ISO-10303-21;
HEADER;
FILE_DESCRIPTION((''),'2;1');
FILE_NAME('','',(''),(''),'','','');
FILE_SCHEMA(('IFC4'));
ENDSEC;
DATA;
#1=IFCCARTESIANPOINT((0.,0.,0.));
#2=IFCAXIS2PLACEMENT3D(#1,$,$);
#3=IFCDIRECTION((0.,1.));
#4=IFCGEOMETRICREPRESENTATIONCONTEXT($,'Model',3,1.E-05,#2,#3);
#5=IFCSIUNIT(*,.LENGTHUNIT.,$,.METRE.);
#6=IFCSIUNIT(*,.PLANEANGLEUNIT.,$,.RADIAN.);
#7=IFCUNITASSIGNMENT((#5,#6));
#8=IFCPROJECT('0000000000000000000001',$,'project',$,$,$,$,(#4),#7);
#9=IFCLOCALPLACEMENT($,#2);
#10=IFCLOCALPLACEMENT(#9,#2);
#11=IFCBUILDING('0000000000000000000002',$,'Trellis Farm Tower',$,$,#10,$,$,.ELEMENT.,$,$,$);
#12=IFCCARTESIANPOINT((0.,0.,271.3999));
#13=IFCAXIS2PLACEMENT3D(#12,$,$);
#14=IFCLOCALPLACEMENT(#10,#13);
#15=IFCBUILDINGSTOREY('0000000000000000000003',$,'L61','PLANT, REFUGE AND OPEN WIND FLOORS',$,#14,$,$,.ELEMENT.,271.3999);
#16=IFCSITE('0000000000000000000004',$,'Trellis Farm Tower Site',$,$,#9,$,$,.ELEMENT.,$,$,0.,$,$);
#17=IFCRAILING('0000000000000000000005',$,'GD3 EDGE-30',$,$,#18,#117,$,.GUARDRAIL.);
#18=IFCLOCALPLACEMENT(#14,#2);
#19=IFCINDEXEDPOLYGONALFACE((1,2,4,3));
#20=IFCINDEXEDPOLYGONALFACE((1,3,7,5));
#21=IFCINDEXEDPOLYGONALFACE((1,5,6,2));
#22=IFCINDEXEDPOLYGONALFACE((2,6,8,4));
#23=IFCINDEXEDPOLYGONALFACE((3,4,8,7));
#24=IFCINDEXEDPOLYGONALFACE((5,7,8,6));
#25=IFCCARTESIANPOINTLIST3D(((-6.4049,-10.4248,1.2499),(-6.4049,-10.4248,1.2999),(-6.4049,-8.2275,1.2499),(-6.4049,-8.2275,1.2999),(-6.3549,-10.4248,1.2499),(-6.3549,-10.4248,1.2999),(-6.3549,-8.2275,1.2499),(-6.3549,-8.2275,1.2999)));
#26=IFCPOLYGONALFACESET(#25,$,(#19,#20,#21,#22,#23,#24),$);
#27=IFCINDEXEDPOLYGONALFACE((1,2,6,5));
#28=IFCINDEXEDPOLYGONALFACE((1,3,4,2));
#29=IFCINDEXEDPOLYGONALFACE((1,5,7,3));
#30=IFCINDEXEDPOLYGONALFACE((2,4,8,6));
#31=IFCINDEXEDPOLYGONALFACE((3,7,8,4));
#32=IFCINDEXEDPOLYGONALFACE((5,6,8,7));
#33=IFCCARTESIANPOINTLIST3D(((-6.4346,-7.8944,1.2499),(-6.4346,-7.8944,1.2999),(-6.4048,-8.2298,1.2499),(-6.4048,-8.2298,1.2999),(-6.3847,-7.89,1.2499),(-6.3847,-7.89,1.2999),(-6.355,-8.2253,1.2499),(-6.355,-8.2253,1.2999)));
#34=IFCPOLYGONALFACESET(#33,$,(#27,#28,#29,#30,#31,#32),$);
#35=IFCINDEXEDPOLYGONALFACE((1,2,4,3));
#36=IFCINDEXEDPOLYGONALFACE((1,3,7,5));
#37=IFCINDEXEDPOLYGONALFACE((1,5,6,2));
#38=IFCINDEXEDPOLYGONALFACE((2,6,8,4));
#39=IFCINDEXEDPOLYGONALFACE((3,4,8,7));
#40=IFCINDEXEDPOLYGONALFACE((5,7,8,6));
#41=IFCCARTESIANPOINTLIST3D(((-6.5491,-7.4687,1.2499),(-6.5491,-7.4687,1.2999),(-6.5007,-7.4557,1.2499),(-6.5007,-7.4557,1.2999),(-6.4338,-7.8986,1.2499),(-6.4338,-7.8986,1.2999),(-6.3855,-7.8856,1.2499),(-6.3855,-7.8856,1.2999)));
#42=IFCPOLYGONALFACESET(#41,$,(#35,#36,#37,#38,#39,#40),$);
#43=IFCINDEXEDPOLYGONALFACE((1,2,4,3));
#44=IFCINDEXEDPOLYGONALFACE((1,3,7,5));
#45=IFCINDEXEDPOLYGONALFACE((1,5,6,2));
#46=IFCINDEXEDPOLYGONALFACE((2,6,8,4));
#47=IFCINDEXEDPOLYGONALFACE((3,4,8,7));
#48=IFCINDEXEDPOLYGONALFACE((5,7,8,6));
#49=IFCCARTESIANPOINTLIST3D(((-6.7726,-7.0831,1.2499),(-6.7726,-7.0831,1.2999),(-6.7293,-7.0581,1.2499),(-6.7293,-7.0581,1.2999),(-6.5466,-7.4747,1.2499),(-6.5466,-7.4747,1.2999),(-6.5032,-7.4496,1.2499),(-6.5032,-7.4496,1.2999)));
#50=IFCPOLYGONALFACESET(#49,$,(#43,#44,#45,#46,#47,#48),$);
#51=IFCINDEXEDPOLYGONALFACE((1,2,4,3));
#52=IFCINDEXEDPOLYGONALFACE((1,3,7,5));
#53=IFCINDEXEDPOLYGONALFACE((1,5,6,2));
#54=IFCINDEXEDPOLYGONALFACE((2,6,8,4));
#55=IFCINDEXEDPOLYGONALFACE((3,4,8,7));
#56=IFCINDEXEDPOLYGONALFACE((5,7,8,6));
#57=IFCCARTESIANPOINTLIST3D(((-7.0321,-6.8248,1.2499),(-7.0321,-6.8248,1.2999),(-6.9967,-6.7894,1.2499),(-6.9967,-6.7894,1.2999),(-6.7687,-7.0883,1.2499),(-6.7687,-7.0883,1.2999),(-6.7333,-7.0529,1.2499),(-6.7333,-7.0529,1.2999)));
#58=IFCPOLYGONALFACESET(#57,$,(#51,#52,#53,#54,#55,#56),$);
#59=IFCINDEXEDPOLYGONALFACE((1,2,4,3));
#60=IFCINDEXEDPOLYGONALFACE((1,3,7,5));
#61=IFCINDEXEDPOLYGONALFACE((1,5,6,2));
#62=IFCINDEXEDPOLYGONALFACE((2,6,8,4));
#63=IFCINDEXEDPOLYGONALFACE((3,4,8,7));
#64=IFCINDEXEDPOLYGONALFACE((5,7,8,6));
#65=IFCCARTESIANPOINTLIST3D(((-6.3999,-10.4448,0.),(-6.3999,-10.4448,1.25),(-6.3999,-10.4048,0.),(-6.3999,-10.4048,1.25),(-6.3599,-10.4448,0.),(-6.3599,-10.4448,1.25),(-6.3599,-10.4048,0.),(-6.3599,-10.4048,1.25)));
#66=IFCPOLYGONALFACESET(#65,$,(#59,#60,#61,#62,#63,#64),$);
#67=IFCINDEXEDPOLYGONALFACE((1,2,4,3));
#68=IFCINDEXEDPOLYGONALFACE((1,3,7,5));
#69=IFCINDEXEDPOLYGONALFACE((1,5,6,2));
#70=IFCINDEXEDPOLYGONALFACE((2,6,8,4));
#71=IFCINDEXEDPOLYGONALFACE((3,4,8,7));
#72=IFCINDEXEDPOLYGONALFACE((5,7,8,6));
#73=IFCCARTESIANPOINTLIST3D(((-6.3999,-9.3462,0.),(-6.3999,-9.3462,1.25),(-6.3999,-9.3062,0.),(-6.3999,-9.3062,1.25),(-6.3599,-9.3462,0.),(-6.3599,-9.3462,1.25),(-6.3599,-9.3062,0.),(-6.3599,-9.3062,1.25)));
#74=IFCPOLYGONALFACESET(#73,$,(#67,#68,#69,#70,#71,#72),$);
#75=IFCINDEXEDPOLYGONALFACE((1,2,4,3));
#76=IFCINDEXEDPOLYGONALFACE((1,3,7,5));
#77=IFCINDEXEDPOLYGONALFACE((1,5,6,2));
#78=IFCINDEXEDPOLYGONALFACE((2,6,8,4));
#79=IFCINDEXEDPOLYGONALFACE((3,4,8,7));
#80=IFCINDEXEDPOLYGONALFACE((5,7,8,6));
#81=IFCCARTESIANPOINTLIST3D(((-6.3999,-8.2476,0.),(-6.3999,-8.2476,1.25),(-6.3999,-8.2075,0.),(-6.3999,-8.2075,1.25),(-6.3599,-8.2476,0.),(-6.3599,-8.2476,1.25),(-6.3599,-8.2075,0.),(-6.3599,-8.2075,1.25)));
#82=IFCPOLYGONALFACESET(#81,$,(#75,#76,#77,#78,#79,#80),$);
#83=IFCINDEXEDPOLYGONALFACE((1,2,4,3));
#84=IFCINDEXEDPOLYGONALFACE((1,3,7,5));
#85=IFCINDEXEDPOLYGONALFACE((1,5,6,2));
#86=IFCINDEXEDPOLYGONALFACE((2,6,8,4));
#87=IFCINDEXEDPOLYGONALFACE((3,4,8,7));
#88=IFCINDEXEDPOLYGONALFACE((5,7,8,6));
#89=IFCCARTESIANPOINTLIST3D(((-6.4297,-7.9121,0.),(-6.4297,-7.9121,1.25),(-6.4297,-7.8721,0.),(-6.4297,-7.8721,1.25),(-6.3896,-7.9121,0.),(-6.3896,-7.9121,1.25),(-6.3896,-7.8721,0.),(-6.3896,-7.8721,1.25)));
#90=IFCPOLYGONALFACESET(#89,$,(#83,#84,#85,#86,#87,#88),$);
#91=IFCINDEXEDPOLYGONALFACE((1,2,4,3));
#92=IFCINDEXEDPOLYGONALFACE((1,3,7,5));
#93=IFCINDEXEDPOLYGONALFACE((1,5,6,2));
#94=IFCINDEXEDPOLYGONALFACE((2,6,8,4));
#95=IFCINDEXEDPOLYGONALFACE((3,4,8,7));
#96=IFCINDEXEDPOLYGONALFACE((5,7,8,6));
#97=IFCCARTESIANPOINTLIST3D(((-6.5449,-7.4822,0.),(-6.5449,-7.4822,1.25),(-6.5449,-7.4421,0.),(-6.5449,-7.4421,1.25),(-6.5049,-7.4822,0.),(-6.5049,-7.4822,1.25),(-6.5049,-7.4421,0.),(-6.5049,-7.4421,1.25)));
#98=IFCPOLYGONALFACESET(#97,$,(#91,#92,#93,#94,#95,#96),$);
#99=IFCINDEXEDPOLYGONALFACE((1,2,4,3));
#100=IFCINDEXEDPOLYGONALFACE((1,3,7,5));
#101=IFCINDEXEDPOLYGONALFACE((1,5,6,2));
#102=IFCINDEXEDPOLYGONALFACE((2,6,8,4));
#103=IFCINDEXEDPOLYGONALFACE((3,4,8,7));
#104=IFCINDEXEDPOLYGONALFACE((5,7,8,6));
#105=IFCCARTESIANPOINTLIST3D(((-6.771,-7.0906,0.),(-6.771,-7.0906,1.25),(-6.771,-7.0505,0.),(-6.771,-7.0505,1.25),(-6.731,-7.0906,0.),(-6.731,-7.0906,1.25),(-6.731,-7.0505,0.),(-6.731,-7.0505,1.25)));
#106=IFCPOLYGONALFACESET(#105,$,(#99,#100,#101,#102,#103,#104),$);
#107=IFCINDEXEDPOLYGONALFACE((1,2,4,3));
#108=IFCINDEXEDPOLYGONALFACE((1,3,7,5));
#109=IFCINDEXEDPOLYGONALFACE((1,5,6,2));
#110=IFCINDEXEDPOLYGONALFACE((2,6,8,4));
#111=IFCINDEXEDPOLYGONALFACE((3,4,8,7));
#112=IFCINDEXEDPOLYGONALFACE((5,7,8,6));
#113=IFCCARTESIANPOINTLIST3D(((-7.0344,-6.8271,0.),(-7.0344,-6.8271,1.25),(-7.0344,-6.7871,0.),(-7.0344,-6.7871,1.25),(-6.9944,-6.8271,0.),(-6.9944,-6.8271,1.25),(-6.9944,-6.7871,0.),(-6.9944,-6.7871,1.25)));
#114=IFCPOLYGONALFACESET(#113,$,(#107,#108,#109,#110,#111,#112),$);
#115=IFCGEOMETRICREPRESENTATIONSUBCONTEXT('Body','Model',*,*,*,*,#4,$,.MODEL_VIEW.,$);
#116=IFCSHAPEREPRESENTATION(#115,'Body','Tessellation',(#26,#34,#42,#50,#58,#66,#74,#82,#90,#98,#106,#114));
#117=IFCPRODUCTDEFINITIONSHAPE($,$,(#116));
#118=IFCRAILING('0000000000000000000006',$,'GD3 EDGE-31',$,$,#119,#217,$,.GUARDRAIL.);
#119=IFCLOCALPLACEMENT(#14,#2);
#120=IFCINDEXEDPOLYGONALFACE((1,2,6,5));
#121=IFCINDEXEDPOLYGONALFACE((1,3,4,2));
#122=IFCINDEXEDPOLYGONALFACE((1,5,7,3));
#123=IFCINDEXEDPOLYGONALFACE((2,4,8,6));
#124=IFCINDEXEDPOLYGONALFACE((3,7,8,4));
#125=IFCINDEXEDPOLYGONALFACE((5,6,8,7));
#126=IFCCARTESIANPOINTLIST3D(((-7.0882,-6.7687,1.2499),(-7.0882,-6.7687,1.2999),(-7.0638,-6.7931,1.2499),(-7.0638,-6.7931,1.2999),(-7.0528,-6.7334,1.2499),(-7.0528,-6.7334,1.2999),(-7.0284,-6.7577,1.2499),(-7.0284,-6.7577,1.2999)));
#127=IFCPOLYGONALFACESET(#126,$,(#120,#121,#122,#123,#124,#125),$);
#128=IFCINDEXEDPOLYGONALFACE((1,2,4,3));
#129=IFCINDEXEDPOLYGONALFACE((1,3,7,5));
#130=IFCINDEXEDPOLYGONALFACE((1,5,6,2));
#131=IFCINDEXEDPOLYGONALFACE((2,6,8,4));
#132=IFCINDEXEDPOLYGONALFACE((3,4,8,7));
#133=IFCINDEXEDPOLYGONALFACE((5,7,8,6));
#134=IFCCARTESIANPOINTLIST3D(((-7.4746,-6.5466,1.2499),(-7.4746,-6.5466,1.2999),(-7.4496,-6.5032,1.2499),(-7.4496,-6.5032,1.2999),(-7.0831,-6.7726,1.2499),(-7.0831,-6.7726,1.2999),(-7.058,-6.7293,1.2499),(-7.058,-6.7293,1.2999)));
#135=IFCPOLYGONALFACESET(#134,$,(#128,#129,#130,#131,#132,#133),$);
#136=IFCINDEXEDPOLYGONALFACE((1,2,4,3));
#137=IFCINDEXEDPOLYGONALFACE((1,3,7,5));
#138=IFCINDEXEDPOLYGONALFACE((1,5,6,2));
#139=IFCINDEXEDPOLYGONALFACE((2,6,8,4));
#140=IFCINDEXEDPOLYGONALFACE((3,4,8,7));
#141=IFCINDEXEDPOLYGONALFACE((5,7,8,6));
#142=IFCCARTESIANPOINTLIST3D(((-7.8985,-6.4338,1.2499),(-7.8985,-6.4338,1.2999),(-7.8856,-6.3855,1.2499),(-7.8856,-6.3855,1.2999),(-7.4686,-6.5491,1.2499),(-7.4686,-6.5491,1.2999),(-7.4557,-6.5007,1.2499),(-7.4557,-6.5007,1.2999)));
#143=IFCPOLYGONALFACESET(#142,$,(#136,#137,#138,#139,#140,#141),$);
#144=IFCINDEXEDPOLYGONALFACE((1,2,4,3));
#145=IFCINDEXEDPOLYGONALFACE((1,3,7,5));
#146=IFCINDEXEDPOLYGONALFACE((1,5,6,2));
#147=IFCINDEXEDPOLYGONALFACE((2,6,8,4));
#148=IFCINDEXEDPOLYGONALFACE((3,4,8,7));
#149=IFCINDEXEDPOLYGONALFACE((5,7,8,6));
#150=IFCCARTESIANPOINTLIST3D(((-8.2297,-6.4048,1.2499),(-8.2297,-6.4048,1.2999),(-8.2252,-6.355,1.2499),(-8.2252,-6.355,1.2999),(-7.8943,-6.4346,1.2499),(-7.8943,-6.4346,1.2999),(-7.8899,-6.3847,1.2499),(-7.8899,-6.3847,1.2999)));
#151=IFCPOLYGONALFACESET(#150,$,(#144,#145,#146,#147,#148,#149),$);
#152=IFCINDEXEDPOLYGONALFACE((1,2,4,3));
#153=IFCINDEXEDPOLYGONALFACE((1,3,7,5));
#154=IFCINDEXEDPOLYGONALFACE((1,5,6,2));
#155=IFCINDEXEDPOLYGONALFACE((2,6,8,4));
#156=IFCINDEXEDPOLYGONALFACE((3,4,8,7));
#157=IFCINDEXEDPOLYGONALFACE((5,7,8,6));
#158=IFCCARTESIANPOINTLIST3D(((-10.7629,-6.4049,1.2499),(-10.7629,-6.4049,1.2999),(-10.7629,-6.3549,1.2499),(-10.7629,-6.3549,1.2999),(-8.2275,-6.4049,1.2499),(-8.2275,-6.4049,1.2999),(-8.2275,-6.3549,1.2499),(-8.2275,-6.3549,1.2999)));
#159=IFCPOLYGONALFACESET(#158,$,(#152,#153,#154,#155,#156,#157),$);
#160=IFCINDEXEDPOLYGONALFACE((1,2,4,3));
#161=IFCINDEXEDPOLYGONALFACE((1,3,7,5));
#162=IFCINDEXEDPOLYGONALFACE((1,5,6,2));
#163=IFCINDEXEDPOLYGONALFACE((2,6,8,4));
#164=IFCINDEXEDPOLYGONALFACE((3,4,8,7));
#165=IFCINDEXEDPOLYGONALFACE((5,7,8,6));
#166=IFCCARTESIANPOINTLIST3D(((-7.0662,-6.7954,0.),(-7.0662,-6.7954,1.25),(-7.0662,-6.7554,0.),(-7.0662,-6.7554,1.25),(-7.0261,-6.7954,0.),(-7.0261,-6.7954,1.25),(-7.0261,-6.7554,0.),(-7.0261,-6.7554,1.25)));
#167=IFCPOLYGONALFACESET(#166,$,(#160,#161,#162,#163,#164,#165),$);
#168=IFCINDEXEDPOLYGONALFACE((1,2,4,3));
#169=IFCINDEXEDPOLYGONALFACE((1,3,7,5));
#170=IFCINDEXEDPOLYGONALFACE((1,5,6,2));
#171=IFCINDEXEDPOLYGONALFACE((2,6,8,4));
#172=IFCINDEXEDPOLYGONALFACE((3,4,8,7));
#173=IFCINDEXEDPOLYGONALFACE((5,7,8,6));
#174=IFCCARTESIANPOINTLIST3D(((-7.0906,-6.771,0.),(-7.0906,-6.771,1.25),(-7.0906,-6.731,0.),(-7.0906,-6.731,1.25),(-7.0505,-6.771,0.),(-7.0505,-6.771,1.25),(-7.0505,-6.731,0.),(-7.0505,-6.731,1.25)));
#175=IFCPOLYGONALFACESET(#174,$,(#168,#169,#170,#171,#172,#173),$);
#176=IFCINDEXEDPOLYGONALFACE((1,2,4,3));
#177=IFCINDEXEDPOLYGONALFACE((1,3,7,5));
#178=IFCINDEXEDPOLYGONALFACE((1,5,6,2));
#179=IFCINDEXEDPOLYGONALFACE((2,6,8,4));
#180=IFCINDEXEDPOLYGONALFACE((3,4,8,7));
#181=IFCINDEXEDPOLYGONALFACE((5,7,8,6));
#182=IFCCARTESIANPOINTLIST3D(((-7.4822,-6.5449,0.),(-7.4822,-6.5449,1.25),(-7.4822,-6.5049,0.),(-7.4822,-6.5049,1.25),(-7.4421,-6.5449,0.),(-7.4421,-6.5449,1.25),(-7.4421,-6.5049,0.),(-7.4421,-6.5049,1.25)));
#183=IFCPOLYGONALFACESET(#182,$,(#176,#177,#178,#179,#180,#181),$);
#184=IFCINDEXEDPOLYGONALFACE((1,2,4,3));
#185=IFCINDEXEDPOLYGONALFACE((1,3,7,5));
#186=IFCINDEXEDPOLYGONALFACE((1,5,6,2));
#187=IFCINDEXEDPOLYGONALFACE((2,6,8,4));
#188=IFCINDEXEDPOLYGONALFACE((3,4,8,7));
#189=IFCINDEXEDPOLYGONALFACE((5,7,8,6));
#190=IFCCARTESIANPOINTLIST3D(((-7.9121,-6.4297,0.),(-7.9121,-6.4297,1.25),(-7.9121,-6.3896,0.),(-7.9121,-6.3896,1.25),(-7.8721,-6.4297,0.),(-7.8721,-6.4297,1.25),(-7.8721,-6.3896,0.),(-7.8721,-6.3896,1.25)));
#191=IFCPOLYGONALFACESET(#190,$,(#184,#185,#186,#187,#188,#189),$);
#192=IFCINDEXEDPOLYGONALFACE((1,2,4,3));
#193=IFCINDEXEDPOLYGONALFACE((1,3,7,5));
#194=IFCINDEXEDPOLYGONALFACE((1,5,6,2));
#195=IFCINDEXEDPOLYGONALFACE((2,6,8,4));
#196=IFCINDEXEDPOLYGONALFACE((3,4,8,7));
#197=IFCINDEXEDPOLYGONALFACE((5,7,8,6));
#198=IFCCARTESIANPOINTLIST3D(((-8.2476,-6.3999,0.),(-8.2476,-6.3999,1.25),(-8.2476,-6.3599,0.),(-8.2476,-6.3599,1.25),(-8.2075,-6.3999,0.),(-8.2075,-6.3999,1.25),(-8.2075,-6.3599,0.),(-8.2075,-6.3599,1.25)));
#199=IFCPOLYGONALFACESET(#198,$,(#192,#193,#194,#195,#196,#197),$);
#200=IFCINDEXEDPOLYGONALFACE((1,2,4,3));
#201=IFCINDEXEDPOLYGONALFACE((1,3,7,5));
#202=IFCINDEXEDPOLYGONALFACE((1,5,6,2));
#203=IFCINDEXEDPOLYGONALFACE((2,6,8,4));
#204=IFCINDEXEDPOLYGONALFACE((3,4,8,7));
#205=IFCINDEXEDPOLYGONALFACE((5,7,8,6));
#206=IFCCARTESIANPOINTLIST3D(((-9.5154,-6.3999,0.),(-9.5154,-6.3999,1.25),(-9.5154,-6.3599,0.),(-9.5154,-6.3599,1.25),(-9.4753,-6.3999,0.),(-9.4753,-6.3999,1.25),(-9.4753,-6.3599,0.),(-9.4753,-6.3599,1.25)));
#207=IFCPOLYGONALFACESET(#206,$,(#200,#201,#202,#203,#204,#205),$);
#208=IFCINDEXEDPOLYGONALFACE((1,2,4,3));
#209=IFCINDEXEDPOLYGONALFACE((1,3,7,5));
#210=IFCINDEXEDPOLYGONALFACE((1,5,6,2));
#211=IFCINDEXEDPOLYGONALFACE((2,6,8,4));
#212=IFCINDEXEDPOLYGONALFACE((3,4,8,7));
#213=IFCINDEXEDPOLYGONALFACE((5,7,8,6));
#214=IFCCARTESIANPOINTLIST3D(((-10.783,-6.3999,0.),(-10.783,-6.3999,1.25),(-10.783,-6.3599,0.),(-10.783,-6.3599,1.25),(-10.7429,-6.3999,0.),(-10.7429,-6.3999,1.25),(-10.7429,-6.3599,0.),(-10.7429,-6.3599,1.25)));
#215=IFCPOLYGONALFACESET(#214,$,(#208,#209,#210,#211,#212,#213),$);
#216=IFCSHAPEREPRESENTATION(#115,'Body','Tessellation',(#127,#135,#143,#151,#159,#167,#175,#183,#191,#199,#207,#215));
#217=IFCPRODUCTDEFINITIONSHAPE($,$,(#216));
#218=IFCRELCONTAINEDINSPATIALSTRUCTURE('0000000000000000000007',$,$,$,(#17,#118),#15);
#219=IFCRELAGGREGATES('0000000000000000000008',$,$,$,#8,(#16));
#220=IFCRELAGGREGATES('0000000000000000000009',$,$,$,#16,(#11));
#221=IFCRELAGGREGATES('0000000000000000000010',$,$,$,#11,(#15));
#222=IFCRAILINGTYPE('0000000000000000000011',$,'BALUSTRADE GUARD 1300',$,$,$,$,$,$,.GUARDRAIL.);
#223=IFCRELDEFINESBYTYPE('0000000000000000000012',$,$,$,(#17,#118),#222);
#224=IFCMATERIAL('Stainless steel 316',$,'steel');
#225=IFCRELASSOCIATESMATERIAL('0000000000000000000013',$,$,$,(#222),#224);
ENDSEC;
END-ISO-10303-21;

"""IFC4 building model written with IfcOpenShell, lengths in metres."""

from ifc_helpers import new_model, si_unit, direction, frame, origin, origin_2d, place, context, subcontext, project, spatial, rectangle, extrude, material, type_object, element, save


model = new_model("IFC4")

# Units and contexts
model_context = context("Model", 3, precision=1e-05, world=origin(), true_north=direction((0.0, 1.0)))
body_context = subcontext(model_context, "Body", "Model", "MODEL_VIEW")
ifc_project = project(units=[si_unit("LENGTHUNIT", "METRE"), si_unit("PLANEANGLEUNIT", "RADIAN")], contexts=[model_context])

# Site, building, storey
site_placement = place(None, origin())
site = spatial("IfcSite", under=ifc_project, at=site_placement, Name="Trellis Farm Tower Site", CompositionType="ELEMENT", RefElevation=0.0)
building_placement = place(site_placement, origin())
building = spatial("IfcBuilding", under=site, at=building_placement, Name="Trellis Farm Tower", CompositionType="ELEMENT")
storey_placement = place(building_placement, frame((0.0, 0.0, 271.3999)))
storey = spatial("IfcBuildingStorey", under=building, at=storey_placement, Name="L61", Description="PLANT, REFUGE AND OPEN WIND FLOORS", CompositionType="ELEMENT", Elevation=271.3999)

# Railings
ifc_material_1 = material(Name="Stainless steel 316", Category="steel")
railing_type = type_object("IfcRailingType", Name="BALUSTRADE GUARD 1300", PredefinedType="GUARDRAIL", material=ifc_material_1)
railing_1_placement = place(storey_placement, frame((-6.3799, -10.4248, 0.0)))
element("IfcRailing", 1, at=railing_1_placement, inside=storey, type_object=railing_type, Name="GD3 EDGE-30", PredefinedType="GUARDRAIL", context=body_context, shape_type="SweptSolid", body=[
    extrude(rectangle(XDim=0.05, YDim=0.05, at=origin_2d()), frame((0.0, 0.0, 1.2749), z_axis=(0.0, 1.0, 0.0), x_axis=(-1.0, 0.0, 0.0)), (0.0, 0.0, 1.0), 2.1973),
    extrude(rectangle(XDim=0.05, YDim=0.05, at=origin_2d()), frame((0.0, 2.1973, 1.2749), z_axis=(-0.088444, 0.996081, 0.0), x_axis=(-0.996081, -0.088444, 0.0)), (0.0, 0.0, 1.0), 0.3367),
    extrude(rectangle(XDim=0.05, YDim=0.05, at=origin_2d()), frame((-0.0298, 2.5327, 1.2749), z_axis=(-0.258891, 0.965906, 0.0), x_axis=(-0.965906, -0.258891, 0.0)), (0.0, 0.0, 1.0), 0.4451),
    extrude(rectangle(XDim=0.05, YDim=0.05, at=origin_2d()), frame((-0.145, 2.9626, 1.2749), z_axis=(-0.499972, 0.866042, 0.0), x_axis=(-0.866042, -0.499972, 0.0)), (0.0, 0.0, 1.0), 0.4521),
    extrude(rectangle(XDim=0.05, YDim=0.05, at=origin_2d()), frame((-0.3711, 3.3542, 1.2749), z_axis=(-0.707107, 0.707107, 0.0), x_axis=(-0.707107, -0.707107, 0.0)), (0.0, 0.0, 1.0), 0.3726),
    extrude(rectangle(XDim=0.04, YDim=0.04, at=origin_2d()), origin(), (0.0, 0.0, 1.0), 1.25),
    extrude(rectangle(XDim=0.04, YDim=0.04, at=origin_2d()), frame((0.0, 1.0986, 0.0)), (0.0, 0.0, 1.0), 1.25),
    extrude(rectangle(XDim=0.04, YDim=0.04, at=origin_2d()), frame((0.0, 2.1973, 0.0)), (0.0, 0.0, 1.0), 1.25),
    extrude(rectangle(XDim=0.04, YDim=0.04, at=origin_2d()), frame((-0.0298, 2.5327, 0.0)), (0.0, 0.0, 1.0), 1.25),
    extrude(rectangle(XDim=0.04, YDim=0.04, at=origin_2d()), frame((-0.145, 2.9626, 0.0)), (0.0, 0.0, 1.0), 1.25),
    extrude(rectangle(XDim=0.04, YDim=0.04, at=origin_2d()), frame((-0.3711, 3.3542, 0.0)), (0.0, 0.0, 1.0), 1.25),
    extrude(rectangle(XDim=0.04, YDim=0.04, at=origin_2d()), frame((-0.6345, 3.6177, 0.0)), (0.0, 0.0, 1.0), 1.25),
])
railing_2_placement = place(storey_placement, frame((-7.0461, -6.7754, 0.0)))
element("IfcRailing", 2, at=railing_2_placement, inside=storey, type_object=railing_type, Name="GD3 EDGE-31", PredefinedType="GUARDRAIL", context=body_context, shape_type="SweptSolid", body=[
    extrude(rectangle(XDim=0.05, YDim=0.05, at=origin_2d()), frame((0.0, 0.0, 1.2749), z_axis=(-0.707107, 0.707107, 0.0), x_axis=(-0.707107, -0.707107, 0.0)), (0.0, 0.0, 1.0), 0.0344),
    extrude(rectangle(XDim=0.05, YDim=0.05, at=origin_2d()), frame((-0.0244, 0.0244, 1.2749), z_axis=(-0.866042, 0.499972, 0.0), x_axis=(-0.499972, -0.866042, 0.0)), (0.0, 0.0, 1.0), 0.4521),
    extrude(rectangle(XDim=0.05, YDim=0.05, at=origin_2d()), frame((-0.416, 0.2505, 1.2749), z_axis=(-0.965906, 0.258891, 0.0), x_axis=(-0.258891, -0.965906, 0.0)), (0.0, 0.0, 1.0), 0.4451),
    extrude(rectangle(XDim=0.05, YDim=0.05, at=origin_2d()), frame((-0.8459, 0.3657, 1.2749), z_axis=(-0.996081, 0.088444, 0.0), x_axis=(-0.088444, -0.996081, 0.0)), (0.0, 0.0, 1.0), 0.3367),
    extrude(rectangle(XDim=0.05, YDim=0.05, at=origin_2d()), frame((-1.1814, 0.3955, 1.2749), z_axis=(-1.0, 0.0, 0.0), x_axis=(0.0, -1.0, 0.0)), (0.0, 0.0, 1.0), 2.5354),
    extrude(rectangle(XDim=0.04, YDim=0.04, at=origin_2d()), origin(), (0.0, 0.0, 1.0), 1.25),
    extrude(rectangle(XDim=0.04, YDim=0.04, at=origin_2d()), frame((-0.0244, 0.0244, 0.0)), (0.0, 0.0, 1.0), 1.25),
    extrude(rectangle(XDim=0.04, YDim=0.04, at=origin_2d()), frame((-0.416, 0.2505, 0.0)), (0.0, 0.0, 1.0), 1.25),
    extrude(rectangle(XDim=0.04, YDim=0.04, at=origin_2d()), frame((-0.8459, 0.3657, 0.0)), (0.0, 0.0, 1.0), 1.25),
    extrude(rectangle(XDim=0.04, YDim=0.04, at=origin_2d()), frame((-1.1814, 0.3955, 0.0)), (0.0, 0.0, 1.0), 1.25),
    extrude(rectangle(XDim=0.04, YDim=0.04, at=origin_2d()), frame((-2.4492, 0.3955, 0.0)), (0.0, 0.0, 1.0), 1.25),
    extrude(rectangle(XDim=0.04, YDim=0.04, at=origin_2d()), frame((-3.7168, 0.3955, 0.0)), (0.0, 0.0, 1.0), 1.25),
])

save(model, "model.ifc")
